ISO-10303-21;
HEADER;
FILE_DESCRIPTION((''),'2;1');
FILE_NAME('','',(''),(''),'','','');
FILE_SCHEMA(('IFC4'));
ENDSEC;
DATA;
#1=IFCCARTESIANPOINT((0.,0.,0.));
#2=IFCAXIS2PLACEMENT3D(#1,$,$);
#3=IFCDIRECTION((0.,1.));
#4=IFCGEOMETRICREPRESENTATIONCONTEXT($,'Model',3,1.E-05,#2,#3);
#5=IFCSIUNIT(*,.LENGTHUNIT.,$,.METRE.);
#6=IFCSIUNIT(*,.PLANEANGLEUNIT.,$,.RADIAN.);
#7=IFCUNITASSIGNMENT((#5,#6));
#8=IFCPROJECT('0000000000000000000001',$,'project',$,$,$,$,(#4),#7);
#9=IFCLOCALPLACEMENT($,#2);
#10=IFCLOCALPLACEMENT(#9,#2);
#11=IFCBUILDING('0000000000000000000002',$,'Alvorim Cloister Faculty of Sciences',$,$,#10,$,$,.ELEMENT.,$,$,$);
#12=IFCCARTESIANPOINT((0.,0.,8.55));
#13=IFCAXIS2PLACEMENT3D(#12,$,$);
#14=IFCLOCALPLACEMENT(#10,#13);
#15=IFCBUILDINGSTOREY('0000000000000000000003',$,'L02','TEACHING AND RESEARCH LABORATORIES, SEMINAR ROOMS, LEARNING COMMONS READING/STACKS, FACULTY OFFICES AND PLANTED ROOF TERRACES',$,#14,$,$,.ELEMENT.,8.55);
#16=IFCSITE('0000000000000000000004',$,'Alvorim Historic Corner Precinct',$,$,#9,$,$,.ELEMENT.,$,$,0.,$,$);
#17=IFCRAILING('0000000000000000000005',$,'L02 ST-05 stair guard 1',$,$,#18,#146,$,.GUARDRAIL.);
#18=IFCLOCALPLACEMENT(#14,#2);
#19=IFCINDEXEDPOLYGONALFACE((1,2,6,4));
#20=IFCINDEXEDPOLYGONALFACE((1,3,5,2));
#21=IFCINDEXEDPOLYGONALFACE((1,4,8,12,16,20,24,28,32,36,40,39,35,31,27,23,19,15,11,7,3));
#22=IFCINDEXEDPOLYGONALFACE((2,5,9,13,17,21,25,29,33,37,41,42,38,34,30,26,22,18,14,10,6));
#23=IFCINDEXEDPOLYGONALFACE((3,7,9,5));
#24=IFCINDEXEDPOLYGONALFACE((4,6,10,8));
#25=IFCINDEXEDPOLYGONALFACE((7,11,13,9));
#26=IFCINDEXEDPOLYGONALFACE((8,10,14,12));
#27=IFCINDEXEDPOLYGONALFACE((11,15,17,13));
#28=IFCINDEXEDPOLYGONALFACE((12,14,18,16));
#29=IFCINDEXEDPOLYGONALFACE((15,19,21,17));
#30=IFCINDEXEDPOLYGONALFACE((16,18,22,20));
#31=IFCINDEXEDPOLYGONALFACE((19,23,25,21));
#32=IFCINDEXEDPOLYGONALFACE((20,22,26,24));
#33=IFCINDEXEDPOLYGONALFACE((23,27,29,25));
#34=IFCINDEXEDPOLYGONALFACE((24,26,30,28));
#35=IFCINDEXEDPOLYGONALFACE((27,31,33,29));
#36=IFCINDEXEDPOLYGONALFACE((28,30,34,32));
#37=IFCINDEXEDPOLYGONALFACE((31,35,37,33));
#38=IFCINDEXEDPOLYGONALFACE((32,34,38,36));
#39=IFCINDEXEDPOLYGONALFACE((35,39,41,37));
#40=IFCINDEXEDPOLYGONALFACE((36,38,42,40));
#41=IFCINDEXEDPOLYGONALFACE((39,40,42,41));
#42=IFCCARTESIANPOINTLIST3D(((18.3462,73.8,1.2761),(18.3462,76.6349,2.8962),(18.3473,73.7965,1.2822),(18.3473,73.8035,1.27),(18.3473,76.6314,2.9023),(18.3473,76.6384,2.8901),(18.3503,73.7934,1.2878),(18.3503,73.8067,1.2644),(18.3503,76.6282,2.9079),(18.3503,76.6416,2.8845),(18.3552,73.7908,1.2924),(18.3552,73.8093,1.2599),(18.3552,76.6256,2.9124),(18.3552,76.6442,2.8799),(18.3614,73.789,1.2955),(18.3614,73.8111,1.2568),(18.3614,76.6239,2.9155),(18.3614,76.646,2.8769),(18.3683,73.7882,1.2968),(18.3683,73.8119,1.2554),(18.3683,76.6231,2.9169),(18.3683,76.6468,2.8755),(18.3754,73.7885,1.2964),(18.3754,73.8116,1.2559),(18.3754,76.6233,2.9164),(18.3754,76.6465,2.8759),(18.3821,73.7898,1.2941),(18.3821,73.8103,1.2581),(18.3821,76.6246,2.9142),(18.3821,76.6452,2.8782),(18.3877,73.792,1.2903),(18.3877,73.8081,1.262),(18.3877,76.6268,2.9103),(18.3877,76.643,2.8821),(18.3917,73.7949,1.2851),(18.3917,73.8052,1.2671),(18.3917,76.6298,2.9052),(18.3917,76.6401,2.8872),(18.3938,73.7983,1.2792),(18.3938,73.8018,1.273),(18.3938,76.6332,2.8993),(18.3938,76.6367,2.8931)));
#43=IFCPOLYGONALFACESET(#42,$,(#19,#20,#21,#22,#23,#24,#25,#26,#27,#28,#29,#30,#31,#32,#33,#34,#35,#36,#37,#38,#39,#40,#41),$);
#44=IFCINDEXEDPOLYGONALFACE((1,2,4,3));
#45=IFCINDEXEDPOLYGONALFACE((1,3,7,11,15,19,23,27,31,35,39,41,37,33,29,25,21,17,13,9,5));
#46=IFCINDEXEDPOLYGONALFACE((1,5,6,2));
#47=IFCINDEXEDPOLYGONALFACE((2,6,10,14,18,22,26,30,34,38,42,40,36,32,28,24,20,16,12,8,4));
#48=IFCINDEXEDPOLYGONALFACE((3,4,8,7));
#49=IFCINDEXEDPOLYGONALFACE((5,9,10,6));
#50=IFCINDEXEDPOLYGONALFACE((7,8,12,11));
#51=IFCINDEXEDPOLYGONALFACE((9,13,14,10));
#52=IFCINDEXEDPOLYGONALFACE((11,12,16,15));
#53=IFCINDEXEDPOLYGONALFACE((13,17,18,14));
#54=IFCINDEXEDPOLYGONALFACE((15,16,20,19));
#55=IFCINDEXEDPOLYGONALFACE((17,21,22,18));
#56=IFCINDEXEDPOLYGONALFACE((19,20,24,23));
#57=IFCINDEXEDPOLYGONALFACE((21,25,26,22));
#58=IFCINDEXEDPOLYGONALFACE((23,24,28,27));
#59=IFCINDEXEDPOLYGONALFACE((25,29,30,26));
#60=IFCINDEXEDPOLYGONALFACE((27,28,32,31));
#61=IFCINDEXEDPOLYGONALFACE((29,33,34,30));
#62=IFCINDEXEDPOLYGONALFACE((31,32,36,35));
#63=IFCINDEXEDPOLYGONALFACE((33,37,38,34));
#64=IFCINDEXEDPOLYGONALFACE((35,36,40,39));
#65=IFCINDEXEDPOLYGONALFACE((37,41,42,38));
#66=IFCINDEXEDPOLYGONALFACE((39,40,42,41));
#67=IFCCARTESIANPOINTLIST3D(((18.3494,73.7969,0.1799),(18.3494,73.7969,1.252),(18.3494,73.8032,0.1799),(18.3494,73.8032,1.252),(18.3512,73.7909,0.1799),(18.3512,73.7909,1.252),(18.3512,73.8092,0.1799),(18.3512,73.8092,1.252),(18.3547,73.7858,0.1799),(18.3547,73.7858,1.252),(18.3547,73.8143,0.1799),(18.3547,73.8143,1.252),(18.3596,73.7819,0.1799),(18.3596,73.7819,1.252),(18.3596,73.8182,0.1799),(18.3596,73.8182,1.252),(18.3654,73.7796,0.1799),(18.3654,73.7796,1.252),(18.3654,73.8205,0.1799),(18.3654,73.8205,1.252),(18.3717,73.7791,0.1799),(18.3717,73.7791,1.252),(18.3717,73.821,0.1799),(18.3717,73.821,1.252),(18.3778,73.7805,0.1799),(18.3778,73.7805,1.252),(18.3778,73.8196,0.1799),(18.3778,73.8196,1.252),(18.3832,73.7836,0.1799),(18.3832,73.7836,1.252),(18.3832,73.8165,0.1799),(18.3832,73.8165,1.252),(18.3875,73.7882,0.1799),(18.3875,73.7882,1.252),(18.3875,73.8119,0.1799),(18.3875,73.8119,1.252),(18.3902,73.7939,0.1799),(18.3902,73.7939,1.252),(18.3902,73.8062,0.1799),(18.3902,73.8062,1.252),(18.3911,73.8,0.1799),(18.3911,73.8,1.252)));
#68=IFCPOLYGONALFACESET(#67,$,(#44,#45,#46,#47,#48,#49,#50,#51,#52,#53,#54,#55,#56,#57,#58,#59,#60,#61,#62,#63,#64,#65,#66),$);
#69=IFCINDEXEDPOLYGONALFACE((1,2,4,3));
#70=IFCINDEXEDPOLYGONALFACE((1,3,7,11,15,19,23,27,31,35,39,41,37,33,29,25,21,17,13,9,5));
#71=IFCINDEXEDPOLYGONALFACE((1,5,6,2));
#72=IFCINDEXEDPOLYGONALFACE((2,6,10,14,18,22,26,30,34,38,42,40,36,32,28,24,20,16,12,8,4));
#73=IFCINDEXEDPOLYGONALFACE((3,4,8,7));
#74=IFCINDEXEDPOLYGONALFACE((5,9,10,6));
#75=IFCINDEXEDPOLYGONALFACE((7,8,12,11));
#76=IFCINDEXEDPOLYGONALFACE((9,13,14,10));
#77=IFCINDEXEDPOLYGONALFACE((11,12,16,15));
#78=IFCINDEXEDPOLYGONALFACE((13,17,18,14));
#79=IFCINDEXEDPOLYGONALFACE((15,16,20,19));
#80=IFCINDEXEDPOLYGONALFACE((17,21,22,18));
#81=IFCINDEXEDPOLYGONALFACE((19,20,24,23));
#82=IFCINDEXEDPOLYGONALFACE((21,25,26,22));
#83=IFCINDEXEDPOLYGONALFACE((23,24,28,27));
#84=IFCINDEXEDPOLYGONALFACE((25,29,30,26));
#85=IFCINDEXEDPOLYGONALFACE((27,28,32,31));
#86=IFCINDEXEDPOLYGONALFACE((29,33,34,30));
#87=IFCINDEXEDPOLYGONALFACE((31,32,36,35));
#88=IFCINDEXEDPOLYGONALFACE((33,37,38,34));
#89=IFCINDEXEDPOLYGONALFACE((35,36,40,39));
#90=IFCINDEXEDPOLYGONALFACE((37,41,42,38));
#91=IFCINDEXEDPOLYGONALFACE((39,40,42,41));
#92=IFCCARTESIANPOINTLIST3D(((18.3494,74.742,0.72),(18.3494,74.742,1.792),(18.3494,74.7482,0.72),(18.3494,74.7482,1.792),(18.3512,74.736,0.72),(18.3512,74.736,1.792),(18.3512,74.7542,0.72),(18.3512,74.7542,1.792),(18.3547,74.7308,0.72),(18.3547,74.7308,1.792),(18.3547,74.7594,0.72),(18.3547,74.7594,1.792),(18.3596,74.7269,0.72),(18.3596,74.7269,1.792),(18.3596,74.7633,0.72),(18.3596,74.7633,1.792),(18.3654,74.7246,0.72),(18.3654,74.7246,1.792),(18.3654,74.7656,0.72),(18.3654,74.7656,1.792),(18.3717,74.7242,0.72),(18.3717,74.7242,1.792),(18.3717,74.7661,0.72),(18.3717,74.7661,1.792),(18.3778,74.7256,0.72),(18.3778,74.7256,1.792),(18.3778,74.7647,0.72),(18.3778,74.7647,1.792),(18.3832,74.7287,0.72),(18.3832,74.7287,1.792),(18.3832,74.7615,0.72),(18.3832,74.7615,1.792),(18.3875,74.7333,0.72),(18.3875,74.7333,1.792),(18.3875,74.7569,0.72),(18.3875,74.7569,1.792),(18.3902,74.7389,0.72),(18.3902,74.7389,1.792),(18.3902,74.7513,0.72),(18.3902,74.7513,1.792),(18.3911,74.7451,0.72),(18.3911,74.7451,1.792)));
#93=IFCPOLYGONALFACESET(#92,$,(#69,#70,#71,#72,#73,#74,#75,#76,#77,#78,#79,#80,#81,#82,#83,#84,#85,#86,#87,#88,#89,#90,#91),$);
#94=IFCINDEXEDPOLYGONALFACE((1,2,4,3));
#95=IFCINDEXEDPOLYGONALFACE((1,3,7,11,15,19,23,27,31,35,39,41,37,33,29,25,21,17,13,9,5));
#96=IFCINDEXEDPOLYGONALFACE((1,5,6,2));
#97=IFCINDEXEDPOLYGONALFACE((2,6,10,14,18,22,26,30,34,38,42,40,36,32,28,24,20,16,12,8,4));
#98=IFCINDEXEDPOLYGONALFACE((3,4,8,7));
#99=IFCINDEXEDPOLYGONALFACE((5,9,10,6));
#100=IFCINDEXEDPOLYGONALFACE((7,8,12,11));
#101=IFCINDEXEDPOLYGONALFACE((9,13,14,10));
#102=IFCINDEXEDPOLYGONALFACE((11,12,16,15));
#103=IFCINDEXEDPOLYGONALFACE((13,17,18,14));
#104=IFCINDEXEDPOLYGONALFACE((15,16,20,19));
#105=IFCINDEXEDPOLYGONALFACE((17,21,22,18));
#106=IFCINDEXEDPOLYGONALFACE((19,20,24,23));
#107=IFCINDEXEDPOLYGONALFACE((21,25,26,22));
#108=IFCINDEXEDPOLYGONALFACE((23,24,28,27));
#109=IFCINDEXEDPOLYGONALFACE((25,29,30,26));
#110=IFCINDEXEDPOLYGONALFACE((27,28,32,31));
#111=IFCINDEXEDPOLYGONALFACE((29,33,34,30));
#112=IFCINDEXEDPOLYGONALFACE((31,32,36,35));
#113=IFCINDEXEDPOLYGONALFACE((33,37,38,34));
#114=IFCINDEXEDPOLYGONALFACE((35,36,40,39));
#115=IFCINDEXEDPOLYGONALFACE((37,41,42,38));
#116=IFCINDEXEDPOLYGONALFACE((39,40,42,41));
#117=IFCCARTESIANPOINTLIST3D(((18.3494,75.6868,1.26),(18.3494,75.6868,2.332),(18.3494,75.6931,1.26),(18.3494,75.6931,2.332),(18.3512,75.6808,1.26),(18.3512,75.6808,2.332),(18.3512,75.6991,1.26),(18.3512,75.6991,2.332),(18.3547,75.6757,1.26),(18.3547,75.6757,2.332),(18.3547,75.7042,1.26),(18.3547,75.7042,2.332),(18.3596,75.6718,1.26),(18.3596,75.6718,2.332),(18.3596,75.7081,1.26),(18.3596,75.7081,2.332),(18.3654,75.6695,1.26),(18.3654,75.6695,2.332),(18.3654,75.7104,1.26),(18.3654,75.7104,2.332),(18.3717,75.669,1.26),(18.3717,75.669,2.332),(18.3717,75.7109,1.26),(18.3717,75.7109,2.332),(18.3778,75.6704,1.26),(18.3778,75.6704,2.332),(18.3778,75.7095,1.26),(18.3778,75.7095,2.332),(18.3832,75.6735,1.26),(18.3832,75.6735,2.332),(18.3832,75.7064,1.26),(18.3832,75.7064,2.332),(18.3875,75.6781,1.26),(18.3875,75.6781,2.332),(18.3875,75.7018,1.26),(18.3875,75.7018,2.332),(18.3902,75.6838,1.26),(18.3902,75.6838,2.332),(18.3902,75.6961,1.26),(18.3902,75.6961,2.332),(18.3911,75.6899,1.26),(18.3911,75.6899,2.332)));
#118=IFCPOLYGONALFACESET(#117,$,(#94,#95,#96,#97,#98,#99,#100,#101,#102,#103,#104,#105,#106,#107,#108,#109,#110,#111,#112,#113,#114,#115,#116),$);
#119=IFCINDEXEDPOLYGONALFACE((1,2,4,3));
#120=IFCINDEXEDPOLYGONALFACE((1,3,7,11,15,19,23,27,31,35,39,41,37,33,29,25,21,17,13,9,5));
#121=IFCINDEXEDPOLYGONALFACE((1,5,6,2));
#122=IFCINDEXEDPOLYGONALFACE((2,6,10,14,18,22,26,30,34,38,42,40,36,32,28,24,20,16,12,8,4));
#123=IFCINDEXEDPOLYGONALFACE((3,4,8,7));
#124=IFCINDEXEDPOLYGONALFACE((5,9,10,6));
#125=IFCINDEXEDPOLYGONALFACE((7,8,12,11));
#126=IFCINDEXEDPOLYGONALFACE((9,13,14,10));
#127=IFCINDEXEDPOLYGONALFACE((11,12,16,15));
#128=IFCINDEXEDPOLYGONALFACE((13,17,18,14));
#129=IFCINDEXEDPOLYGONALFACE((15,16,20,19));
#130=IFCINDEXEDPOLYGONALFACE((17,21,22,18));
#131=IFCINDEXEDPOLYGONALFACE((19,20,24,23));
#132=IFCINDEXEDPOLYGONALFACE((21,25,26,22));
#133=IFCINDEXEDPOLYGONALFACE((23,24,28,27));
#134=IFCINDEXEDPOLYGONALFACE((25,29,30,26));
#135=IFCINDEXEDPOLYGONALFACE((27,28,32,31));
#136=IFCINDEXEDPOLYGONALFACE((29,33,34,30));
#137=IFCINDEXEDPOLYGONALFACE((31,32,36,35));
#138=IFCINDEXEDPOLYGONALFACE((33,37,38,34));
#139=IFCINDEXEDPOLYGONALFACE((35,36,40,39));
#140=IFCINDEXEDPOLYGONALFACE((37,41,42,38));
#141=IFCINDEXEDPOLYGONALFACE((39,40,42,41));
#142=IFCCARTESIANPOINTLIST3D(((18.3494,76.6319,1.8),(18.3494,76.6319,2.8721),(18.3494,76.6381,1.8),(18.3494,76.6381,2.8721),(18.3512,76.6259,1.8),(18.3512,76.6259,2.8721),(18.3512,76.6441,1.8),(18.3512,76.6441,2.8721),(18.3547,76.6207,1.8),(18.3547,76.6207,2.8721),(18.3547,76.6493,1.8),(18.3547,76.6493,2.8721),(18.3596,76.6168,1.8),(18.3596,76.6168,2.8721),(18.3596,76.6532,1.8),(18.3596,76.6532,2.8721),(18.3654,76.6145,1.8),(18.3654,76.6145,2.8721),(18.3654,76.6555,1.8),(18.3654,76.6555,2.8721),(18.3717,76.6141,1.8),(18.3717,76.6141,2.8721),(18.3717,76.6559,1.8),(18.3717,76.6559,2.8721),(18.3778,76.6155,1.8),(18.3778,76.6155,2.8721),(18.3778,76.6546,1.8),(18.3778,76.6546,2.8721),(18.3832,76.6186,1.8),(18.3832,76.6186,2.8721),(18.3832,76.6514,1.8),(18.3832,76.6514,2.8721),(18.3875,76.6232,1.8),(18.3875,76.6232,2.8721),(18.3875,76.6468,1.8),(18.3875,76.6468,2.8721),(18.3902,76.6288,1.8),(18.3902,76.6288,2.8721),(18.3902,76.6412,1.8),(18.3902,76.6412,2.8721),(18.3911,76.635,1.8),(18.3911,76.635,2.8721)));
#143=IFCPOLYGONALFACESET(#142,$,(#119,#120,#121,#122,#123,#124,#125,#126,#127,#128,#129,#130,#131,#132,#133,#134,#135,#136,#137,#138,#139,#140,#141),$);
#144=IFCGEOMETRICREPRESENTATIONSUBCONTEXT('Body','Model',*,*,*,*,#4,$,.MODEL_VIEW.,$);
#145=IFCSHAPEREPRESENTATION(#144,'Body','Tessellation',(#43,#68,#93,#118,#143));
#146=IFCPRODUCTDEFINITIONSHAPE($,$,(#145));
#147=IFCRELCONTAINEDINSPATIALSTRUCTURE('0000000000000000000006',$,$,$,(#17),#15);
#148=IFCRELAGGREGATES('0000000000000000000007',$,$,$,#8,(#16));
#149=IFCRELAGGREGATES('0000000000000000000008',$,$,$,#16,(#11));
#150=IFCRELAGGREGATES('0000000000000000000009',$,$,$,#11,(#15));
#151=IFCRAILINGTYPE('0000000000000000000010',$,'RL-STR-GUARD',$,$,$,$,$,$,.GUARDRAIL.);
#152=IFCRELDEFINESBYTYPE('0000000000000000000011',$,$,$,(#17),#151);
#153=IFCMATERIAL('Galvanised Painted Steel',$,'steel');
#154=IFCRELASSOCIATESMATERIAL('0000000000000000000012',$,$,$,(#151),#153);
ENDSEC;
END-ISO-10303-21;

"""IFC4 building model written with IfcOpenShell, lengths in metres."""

from ifc_helpers import new_model, si_unit, direction, frame, origin, origin_2d, place, context, subcontext, project, spatial, circle, extrude, material, type_object, element, save


model = new_model("IFC4")

# Units and contexts
model_context = context("Model", 3, precision=1e-05, world=origin(), true_north=direction((0.0, 1.0)))
body_context = subcontext(model_context, "Body", "Model", "MODEL_VIEW")
ifc_project = project(units=[si_unit("LENGTHUNIT", "METRE"), si_unit("PLANEANGLEUNIT", "RADIAN")], contexts=[model_context])

# Site, building, storey
site_placement = place(None, origin())
site = spatial("IfcSite", under=ifc_project, at=site_placement, Name="Alvorim Historic Corner Precinct", CompositionType="ELEMENT", RefElevation=0.0)
building_placement = place(site_placement, origin())
building = spatial("IfcBuilding", under=site, at=building_placement, Name="Alvorim Cloister Faculty of Sciences", CompositionType="ELEMENT")
storey_placement = place(building_placement, frame((0.0, 0.0, 8.55)))
storey = spatial("IfcBuildingStorey", under=building, at=storey_placement, Name="L02", Description="TEACHING AND RESEARCH LABORATORIES, SEMINAR ROOMS, LEARNING COMMONS READING/STACKS, FACULTY OFFICES AND PLANTED ROOF TERRACES", CompositionType="ELEMENT", Elevation=8.55)

# Railing
ifc_material_1 = material(Name="Galvanised Painted Steel", Category="steel")
railing_type_1 = type_object("IfcRailingType", Name="RL-STR-GUARD", PredefinedType="GUARDRAIL", material=ifc_material_1)
railing_1_placement = place(storey_placement, frame((18.3701, 73.8, 0.1799)))
element("IfcRailing", 1, at=railing_1_placement, inside=storey, type_object=railing_type_1, Name="L02 ST-05 stair guard 1", PredefinedType="GUARDRAIL", context=body_context, shape_type="SweptSolid", body=[
    extrude(circle(Radius=0.0239, at=origin_2d()), frame((0.0, 0.0, 1.0962), z_axis=(0.0, 0.868225, 0.496171), x_axis=(-1.0, 0.0, 0.0)), (0.0, 0.0, 1.0), 3.2651),
    extrude(circle(Radius=0.021, at=origin_2d()), origin(), (0.0, 0.0, 1.0), 1.072),
    extrude(circle(Radius=0.021, at=origin_2d()), frame((0.0, 0.9451, 0.54)), (0.0, 0.0, 1.0), 1.072),
    extrude(circle(Radius=0.021, at=origin_2d()), frame((0.0, 1.8899, 1.0801)), (0.0, 0.0, 1.0), 1.072),
    extrude(circle(Radius=0.021, at=origin_2d()), frame((0.0, 2.835, 1.6201)), (0.0, 0.0, 1.0), 1.072),
])

save(model, "model.ifc")
